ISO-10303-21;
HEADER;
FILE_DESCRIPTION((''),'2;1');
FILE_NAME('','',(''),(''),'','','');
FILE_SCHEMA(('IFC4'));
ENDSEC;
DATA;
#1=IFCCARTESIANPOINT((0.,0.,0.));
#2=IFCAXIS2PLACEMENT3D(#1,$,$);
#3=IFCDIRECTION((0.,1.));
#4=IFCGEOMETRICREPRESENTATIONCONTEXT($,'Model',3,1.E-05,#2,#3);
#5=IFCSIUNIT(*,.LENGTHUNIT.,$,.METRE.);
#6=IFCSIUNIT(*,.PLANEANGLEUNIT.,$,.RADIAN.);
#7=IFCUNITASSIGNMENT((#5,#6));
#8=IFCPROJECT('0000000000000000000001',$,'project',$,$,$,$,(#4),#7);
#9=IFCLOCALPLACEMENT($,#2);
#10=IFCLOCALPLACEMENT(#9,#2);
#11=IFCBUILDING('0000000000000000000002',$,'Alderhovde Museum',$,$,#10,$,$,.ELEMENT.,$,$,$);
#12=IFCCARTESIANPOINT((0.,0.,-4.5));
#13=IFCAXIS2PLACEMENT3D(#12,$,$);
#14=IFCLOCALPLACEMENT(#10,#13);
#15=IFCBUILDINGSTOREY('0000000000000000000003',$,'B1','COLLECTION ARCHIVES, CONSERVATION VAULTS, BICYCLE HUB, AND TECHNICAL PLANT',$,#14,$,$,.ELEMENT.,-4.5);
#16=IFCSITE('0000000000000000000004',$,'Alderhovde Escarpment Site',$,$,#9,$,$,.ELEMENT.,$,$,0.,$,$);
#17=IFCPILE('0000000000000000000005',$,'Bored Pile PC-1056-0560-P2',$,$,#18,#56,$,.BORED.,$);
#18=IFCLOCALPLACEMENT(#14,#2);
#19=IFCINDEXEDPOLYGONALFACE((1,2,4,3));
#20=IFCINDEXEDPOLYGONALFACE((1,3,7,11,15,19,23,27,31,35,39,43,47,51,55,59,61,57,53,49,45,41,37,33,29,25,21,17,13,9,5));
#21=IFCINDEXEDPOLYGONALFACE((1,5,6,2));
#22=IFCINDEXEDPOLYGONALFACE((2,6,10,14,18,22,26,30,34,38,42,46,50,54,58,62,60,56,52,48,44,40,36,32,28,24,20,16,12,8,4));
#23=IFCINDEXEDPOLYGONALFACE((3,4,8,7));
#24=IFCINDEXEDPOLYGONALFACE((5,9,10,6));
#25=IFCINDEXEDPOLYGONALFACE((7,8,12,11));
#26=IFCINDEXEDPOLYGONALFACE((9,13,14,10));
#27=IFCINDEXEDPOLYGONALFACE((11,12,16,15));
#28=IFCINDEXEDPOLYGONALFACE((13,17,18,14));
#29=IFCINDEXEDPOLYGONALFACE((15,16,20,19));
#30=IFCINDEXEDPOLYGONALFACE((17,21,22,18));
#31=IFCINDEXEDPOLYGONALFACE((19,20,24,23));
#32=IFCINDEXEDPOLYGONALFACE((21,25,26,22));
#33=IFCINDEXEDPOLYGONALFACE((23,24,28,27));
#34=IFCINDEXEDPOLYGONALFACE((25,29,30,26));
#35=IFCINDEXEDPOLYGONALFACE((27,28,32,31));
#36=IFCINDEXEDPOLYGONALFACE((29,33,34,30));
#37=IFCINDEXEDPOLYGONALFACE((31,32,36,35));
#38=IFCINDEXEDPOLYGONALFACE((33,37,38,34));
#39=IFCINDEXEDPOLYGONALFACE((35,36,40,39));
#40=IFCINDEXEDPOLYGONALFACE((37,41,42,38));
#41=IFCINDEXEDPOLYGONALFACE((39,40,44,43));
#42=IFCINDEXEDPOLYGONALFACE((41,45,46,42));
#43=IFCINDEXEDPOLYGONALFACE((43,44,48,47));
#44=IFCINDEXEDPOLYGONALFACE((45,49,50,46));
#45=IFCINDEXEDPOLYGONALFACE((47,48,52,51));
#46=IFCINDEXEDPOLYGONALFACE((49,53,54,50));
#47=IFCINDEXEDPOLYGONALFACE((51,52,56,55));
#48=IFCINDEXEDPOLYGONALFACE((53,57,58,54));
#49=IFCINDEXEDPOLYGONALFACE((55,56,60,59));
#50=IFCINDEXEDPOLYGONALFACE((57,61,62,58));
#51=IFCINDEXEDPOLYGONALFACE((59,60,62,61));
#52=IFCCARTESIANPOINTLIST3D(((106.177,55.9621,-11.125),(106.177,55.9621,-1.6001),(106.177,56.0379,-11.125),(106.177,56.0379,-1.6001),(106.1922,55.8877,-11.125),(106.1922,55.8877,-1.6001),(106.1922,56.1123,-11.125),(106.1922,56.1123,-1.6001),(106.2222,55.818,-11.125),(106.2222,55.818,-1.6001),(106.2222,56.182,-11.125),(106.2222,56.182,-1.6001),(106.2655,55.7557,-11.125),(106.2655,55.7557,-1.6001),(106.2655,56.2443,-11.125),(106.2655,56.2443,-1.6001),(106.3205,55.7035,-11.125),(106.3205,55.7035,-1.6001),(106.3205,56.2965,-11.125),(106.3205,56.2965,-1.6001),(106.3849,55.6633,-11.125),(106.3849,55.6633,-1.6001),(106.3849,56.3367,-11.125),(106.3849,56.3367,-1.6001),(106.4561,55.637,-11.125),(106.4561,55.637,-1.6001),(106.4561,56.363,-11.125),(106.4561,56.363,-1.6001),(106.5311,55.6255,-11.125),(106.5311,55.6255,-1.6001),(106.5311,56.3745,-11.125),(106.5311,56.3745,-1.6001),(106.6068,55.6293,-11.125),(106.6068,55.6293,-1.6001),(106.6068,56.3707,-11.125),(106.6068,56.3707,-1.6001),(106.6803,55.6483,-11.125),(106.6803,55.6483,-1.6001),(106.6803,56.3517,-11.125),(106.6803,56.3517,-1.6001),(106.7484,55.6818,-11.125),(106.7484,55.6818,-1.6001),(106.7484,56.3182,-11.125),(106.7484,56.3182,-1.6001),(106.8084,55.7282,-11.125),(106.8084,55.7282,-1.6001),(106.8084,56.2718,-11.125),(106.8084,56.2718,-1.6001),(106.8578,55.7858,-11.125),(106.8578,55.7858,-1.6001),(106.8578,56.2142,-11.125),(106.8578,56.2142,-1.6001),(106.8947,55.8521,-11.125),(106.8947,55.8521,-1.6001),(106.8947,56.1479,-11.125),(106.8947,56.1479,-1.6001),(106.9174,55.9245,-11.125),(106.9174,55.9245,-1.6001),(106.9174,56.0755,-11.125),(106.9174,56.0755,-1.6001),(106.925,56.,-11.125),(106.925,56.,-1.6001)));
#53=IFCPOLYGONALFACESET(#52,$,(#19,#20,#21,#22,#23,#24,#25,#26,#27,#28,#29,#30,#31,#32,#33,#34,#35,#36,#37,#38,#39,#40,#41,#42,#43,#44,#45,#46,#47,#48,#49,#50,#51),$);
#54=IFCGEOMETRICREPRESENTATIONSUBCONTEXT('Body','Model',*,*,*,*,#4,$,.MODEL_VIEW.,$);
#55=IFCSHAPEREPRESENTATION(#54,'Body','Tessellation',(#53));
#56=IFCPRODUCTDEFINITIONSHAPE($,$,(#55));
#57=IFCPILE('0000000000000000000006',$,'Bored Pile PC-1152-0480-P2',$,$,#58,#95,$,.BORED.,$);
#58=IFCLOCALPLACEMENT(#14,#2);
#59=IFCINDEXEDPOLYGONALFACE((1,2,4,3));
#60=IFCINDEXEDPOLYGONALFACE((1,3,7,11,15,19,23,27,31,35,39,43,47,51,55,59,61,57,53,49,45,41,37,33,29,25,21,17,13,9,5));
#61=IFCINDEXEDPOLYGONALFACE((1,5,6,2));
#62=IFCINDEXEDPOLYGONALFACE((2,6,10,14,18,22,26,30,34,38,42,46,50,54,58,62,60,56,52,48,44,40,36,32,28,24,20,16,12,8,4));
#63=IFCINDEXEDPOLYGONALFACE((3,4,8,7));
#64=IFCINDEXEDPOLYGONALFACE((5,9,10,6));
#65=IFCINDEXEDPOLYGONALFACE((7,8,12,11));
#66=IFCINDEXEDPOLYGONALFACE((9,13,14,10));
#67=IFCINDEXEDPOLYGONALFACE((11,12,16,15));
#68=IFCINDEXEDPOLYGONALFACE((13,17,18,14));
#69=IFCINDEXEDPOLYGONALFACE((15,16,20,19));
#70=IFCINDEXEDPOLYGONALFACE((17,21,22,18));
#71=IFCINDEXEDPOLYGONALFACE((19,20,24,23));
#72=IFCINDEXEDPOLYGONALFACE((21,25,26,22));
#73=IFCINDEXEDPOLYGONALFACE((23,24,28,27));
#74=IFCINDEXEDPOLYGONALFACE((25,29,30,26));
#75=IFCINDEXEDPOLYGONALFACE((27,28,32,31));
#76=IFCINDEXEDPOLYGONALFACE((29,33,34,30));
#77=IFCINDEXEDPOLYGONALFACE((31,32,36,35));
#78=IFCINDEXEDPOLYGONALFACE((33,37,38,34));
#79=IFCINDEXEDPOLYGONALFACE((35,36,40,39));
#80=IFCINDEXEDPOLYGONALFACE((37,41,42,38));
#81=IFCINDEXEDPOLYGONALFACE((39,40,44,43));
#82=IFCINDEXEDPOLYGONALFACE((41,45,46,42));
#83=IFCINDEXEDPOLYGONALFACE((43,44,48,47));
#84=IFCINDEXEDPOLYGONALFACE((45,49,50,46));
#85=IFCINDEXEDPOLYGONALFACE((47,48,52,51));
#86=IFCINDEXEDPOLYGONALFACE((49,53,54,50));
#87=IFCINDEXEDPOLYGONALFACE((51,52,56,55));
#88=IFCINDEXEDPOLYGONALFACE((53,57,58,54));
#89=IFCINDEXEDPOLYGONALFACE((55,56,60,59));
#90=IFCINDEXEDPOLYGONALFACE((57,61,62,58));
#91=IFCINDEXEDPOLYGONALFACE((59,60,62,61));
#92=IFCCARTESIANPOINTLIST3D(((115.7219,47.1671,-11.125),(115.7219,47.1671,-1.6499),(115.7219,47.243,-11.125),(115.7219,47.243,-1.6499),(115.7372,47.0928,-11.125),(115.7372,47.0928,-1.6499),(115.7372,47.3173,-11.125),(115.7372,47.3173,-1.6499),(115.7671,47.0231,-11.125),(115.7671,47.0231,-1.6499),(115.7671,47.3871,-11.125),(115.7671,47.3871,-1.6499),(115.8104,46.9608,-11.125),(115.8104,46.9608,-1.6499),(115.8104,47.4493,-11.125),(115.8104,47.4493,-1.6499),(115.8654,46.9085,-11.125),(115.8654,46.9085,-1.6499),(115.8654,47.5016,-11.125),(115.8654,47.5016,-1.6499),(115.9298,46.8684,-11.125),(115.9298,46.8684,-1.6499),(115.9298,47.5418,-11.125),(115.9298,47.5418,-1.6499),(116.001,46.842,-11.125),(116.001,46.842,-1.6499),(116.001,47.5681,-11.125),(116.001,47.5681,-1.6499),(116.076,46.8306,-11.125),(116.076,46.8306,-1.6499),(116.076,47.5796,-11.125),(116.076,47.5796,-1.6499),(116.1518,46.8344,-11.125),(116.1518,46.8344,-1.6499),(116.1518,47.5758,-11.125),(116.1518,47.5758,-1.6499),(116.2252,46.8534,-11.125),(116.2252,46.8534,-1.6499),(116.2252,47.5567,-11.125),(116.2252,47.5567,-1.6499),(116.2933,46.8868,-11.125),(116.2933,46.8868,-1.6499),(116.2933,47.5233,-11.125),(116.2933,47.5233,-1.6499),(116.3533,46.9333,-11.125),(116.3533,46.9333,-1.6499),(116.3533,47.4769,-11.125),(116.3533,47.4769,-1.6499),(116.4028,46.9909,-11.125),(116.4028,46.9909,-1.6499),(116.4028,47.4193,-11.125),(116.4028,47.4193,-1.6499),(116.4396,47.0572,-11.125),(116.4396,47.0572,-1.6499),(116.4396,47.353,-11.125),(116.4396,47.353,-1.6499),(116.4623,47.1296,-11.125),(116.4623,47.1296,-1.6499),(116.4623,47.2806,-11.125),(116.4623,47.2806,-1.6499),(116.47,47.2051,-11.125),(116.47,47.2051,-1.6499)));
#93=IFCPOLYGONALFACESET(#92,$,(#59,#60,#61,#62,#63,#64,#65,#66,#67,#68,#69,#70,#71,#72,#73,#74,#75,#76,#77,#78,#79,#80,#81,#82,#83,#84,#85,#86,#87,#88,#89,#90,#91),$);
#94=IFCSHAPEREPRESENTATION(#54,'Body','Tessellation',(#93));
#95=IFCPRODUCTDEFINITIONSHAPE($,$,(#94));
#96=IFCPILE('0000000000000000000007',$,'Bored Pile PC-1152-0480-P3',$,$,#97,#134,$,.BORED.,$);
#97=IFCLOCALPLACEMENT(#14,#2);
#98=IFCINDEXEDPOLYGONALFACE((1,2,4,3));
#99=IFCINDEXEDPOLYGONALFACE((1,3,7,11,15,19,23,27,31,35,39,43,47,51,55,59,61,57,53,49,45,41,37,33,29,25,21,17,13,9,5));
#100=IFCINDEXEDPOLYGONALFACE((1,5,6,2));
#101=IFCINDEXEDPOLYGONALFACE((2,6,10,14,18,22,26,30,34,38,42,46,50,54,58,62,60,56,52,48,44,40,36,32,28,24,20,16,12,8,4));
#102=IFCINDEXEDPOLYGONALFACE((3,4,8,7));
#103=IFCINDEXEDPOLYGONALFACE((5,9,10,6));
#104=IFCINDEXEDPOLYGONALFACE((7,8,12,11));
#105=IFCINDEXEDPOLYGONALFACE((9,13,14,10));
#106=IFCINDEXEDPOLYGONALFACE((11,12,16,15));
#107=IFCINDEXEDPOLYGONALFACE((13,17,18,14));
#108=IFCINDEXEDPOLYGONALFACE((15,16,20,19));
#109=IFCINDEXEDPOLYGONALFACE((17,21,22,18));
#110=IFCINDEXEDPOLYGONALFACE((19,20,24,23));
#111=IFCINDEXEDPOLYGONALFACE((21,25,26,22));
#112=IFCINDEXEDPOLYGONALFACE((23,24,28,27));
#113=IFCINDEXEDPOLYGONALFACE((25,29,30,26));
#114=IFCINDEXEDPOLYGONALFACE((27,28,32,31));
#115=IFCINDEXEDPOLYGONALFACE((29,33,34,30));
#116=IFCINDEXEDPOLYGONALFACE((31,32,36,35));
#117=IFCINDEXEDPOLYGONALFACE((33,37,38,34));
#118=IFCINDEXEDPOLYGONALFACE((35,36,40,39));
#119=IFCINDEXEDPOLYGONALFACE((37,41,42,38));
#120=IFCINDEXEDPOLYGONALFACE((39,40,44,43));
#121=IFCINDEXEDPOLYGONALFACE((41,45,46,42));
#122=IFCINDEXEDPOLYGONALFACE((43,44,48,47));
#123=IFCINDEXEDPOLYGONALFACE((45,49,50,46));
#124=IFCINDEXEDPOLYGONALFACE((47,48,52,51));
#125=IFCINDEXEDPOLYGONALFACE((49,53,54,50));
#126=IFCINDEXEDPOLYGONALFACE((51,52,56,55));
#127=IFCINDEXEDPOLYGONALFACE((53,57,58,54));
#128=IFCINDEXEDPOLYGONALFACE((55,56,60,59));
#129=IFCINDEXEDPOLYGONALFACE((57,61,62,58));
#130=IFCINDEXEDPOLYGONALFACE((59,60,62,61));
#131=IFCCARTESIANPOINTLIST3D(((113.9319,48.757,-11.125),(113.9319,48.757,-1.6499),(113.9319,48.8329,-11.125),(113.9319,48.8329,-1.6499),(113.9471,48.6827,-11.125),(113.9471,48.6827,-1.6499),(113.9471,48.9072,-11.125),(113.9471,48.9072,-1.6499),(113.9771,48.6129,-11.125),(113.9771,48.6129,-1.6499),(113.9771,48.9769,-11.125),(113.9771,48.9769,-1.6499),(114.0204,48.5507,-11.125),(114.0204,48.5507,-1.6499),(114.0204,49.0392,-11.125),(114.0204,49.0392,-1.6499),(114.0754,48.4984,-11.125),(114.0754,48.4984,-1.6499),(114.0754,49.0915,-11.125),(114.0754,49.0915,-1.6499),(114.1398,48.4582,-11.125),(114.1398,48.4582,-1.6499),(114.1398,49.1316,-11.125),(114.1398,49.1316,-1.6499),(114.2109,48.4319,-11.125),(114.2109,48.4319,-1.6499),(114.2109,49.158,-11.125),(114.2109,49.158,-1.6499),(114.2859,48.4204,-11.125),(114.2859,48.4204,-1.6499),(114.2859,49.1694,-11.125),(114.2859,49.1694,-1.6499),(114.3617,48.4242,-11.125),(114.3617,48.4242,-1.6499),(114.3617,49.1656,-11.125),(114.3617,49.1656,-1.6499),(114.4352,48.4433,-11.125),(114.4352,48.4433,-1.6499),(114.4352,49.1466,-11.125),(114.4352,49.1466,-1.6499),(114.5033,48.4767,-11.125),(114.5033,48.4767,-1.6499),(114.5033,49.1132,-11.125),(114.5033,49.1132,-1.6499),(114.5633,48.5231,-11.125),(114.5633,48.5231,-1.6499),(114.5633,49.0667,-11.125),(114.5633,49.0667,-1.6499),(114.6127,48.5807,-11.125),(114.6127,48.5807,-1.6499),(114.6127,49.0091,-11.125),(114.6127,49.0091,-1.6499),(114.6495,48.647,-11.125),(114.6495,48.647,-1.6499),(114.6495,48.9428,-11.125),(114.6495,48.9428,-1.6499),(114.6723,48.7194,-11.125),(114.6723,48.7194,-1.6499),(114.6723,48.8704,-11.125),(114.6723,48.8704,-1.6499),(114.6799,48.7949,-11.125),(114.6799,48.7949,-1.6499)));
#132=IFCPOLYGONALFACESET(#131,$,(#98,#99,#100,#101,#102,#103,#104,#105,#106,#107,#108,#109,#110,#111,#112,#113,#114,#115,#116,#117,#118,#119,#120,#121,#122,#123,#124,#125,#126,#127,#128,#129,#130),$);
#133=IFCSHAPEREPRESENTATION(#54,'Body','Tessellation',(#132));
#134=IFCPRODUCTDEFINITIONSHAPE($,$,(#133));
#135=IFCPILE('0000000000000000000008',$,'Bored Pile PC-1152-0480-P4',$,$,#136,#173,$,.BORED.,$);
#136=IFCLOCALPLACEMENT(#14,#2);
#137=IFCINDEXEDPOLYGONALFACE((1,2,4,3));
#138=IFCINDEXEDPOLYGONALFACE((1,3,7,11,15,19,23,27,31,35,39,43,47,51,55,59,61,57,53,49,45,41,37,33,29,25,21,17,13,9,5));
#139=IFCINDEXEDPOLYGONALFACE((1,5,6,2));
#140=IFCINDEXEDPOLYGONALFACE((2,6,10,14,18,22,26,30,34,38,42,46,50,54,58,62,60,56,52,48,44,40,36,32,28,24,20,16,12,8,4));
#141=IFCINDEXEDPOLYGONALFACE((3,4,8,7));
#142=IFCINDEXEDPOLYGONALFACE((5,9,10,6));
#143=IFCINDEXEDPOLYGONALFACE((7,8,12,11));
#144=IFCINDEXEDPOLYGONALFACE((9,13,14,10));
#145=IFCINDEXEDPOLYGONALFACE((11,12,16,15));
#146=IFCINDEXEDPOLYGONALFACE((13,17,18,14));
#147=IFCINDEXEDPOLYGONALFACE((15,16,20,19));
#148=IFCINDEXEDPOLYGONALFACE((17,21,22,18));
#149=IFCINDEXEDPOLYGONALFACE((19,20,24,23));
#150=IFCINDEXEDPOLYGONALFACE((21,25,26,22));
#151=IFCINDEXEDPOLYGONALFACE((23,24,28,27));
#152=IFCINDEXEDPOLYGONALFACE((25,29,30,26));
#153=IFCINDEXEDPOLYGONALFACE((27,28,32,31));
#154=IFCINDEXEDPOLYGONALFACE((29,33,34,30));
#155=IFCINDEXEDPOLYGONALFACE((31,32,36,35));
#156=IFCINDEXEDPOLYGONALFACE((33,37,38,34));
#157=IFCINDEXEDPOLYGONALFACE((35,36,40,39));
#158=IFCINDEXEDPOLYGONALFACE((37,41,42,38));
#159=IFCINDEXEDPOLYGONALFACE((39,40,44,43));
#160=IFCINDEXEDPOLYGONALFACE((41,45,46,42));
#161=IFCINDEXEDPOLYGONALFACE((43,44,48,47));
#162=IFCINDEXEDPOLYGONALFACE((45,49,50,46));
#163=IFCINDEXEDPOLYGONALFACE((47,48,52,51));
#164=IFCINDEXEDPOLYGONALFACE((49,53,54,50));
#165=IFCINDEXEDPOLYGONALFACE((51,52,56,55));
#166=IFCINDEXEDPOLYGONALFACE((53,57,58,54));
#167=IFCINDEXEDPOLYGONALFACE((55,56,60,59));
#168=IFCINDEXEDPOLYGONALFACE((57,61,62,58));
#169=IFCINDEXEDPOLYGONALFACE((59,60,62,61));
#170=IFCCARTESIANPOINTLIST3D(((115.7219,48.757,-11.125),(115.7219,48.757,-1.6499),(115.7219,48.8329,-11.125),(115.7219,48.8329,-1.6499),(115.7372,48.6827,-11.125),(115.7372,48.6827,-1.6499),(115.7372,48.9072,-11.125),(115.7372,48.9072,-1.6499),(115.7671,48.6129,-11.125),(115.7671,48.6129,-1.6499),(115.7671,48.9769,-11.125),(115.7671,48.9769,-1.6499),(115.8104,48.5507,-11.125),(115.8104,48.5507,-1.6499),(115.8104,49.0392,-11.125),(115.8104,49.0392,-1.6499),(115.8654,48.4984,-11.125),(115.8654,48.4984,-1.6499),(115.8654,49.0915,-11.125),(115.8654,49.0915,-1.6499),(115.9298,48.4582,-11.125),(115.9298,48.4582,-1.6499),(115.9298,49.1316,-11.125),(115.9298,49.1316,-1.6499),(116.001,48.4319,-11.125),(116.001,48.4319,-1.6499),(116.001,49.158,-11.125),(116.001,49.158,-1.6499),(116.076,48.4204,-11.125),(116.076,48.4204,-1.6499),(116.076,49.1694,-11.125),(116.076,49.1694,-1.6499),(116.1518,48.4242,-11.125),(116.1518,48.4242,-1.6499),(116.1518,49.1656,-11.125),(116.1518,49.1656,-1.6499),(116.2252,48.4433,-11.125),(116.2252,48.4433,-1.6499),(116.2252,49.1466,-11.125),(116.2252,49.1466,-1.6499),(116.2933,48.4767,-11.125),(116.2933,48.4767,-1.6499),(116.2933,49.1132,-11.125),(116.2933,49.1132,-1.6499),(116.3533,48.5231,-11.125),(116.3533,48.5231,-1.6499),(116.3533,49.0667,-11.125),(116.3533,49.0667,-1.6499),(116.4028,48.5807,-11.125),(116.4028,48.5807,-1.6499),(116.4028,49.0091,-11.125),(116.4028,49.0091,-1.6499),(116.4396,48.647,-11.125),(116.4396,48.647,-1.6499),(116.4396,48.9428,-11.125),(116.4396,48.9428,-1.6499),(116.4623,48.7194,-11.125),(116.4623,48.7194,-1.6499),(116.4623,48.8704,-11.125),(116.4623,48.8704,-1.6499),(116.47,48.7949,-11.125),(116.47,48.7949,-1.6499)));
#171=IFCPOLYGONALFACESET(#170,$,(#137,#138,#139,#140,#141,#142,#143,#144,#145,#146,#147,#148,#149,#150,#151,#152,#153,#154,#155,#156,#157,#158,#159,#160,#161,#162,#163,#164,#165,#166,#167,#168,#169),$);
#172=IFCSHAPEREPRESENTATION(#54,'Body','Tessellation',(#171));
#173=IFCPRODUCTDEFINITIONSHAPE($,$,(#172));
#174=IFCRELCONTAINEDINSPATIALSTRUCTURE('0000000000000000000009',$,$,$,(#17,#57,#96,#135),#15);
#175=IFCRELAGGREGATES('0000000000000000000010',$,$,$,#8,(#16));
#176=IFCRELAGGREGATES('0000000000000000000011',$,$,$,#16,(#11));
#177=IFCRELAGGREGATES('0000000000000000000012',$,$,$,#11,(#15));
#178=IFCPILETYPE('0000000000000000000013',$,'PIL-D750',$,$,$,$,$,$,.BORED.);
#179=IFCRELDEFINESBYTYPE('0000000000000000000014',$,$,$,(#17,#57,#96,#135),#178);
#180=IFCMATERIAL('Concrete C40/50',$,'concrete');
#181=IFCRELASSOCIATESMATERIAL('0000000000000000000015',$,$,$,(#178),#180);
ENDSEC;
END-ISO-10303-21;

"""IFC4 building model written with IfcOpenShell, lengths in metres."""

from ifc_helpers import new_model, si_unit, direction, frame, origin, origin_2d, place, context, subcontext, project, spatial, circle, extrude, material, material_profile, profile_set, type_object, element, save


model = new_model("IFC4")

# Units and contexts
model_context = context("Model", 3, precision=1e-05, world=origin(), true_north=direction((0.0, 1.0)))
body_context = subcontext(model_context, "Body", "Model", "MODEL_VIEW")
ifc_project = project(units=[si_unit("LENGTHUNIT", "METRE"), si_unit("PLANEANGLEUNIT", "RADIAN")], contexts=[model_context])

# Site, building, storey
site_placement = place(None, origin())
site = spatial("IfcSite", under=ifc_project, at=site_placement, Name="Alderhovde Escarpment Site", CompositionType="ELEMENT", RefElevation=0.0)
building_placement = place(site_placement, origin())
building = spatial("IfcBuilding", under=site, at=building_placement, Name="Alderhovde Museum", CompositionType="ELEMENT")
storey_placement = place(building_placement, frame((0.0, 0.0, -4.5)))
storey = spatial("IfcBuildingStorey", under=building, at=storey_placement, Name="B1", Description="COLLECTION ARCHIVES, CONSERVATION VAULTS, BICYCLE HUB, AND TECHNICAL PLANT", CompositionType="ELEMENT", Elevation=-4.5)

# Piles
ifc_material_1 = material(Name="Concrete C40/50", Category="concrete")
ifc_material_profile_1 = material_profile(ifc_material_1, circle(Radius=0.375, at=origin_2d()), Name="PILE-D750")
ifc_profile_set_1 = profile_set([ifc_material_profile_1], Name="Concrete C40/50")
pile_type_1 = type_object("IfcPileType", Name="PIL-D750", PredefinedType="BORED", material=ifc_profile_set_1)
for number, where, z_axis, x_axis, name in (
    (1, (106.55, 56.0, -1.6001), (0.0, 0.0, -1.0), (1.0, 0.0, 0.0), "Bored Pile PC-1056-0560-P2"),
):
    element("IfcPile", number, at=place(storey_placement, frame(where, z_axis=z_axis, x_axis=x_axis)), inside=storey, type_object=pile_type_1, Name=name, PredefinedType="BORED", context=body_context, shape_type="SweptSolid", body=[
        extrude(circle(Radius=0.375, at=origin_2d()), origin(), (0.0, 0.0, 1.0), 9.5249),
    ])
for number, where, z_axis, x_axis, name in (
    (2, (116.095, 47.2051, -1.6499), (0.0, 0.0, -1.0), (1.0, 0.0, 0.0), "Bored Pile PC-1152-0480-P2"),
    (3, (114.3049, 48.7949, -1.6499), (0.0, 0.0, -1.0), (1.0, 0.0, 0.0), "Bored Pile PC-1152-0480-P3"),
    (4, (116.095, 48.7949, -1.6499), (0.0, 0.0, -1.0), (1.0, 0.0, 0.0), "Bored Pile PC-1152-0480-P4"),
):
    element("IfcPile", number, at=place(storey_placement, frame(where, z_axis=z_axis, x_axis=x_axis)), inside=storey, type_object=pile_type_1, Name=name, PredefinedType="BORED", context=body_context, shape_type="SweptSolid", body=[
        extrude(circle(Radius=0.375, at=origin_2d()), origin(), (0.0, 0.0, 1.0), 9.4751),
    ])

save(model, "model.ifc")
